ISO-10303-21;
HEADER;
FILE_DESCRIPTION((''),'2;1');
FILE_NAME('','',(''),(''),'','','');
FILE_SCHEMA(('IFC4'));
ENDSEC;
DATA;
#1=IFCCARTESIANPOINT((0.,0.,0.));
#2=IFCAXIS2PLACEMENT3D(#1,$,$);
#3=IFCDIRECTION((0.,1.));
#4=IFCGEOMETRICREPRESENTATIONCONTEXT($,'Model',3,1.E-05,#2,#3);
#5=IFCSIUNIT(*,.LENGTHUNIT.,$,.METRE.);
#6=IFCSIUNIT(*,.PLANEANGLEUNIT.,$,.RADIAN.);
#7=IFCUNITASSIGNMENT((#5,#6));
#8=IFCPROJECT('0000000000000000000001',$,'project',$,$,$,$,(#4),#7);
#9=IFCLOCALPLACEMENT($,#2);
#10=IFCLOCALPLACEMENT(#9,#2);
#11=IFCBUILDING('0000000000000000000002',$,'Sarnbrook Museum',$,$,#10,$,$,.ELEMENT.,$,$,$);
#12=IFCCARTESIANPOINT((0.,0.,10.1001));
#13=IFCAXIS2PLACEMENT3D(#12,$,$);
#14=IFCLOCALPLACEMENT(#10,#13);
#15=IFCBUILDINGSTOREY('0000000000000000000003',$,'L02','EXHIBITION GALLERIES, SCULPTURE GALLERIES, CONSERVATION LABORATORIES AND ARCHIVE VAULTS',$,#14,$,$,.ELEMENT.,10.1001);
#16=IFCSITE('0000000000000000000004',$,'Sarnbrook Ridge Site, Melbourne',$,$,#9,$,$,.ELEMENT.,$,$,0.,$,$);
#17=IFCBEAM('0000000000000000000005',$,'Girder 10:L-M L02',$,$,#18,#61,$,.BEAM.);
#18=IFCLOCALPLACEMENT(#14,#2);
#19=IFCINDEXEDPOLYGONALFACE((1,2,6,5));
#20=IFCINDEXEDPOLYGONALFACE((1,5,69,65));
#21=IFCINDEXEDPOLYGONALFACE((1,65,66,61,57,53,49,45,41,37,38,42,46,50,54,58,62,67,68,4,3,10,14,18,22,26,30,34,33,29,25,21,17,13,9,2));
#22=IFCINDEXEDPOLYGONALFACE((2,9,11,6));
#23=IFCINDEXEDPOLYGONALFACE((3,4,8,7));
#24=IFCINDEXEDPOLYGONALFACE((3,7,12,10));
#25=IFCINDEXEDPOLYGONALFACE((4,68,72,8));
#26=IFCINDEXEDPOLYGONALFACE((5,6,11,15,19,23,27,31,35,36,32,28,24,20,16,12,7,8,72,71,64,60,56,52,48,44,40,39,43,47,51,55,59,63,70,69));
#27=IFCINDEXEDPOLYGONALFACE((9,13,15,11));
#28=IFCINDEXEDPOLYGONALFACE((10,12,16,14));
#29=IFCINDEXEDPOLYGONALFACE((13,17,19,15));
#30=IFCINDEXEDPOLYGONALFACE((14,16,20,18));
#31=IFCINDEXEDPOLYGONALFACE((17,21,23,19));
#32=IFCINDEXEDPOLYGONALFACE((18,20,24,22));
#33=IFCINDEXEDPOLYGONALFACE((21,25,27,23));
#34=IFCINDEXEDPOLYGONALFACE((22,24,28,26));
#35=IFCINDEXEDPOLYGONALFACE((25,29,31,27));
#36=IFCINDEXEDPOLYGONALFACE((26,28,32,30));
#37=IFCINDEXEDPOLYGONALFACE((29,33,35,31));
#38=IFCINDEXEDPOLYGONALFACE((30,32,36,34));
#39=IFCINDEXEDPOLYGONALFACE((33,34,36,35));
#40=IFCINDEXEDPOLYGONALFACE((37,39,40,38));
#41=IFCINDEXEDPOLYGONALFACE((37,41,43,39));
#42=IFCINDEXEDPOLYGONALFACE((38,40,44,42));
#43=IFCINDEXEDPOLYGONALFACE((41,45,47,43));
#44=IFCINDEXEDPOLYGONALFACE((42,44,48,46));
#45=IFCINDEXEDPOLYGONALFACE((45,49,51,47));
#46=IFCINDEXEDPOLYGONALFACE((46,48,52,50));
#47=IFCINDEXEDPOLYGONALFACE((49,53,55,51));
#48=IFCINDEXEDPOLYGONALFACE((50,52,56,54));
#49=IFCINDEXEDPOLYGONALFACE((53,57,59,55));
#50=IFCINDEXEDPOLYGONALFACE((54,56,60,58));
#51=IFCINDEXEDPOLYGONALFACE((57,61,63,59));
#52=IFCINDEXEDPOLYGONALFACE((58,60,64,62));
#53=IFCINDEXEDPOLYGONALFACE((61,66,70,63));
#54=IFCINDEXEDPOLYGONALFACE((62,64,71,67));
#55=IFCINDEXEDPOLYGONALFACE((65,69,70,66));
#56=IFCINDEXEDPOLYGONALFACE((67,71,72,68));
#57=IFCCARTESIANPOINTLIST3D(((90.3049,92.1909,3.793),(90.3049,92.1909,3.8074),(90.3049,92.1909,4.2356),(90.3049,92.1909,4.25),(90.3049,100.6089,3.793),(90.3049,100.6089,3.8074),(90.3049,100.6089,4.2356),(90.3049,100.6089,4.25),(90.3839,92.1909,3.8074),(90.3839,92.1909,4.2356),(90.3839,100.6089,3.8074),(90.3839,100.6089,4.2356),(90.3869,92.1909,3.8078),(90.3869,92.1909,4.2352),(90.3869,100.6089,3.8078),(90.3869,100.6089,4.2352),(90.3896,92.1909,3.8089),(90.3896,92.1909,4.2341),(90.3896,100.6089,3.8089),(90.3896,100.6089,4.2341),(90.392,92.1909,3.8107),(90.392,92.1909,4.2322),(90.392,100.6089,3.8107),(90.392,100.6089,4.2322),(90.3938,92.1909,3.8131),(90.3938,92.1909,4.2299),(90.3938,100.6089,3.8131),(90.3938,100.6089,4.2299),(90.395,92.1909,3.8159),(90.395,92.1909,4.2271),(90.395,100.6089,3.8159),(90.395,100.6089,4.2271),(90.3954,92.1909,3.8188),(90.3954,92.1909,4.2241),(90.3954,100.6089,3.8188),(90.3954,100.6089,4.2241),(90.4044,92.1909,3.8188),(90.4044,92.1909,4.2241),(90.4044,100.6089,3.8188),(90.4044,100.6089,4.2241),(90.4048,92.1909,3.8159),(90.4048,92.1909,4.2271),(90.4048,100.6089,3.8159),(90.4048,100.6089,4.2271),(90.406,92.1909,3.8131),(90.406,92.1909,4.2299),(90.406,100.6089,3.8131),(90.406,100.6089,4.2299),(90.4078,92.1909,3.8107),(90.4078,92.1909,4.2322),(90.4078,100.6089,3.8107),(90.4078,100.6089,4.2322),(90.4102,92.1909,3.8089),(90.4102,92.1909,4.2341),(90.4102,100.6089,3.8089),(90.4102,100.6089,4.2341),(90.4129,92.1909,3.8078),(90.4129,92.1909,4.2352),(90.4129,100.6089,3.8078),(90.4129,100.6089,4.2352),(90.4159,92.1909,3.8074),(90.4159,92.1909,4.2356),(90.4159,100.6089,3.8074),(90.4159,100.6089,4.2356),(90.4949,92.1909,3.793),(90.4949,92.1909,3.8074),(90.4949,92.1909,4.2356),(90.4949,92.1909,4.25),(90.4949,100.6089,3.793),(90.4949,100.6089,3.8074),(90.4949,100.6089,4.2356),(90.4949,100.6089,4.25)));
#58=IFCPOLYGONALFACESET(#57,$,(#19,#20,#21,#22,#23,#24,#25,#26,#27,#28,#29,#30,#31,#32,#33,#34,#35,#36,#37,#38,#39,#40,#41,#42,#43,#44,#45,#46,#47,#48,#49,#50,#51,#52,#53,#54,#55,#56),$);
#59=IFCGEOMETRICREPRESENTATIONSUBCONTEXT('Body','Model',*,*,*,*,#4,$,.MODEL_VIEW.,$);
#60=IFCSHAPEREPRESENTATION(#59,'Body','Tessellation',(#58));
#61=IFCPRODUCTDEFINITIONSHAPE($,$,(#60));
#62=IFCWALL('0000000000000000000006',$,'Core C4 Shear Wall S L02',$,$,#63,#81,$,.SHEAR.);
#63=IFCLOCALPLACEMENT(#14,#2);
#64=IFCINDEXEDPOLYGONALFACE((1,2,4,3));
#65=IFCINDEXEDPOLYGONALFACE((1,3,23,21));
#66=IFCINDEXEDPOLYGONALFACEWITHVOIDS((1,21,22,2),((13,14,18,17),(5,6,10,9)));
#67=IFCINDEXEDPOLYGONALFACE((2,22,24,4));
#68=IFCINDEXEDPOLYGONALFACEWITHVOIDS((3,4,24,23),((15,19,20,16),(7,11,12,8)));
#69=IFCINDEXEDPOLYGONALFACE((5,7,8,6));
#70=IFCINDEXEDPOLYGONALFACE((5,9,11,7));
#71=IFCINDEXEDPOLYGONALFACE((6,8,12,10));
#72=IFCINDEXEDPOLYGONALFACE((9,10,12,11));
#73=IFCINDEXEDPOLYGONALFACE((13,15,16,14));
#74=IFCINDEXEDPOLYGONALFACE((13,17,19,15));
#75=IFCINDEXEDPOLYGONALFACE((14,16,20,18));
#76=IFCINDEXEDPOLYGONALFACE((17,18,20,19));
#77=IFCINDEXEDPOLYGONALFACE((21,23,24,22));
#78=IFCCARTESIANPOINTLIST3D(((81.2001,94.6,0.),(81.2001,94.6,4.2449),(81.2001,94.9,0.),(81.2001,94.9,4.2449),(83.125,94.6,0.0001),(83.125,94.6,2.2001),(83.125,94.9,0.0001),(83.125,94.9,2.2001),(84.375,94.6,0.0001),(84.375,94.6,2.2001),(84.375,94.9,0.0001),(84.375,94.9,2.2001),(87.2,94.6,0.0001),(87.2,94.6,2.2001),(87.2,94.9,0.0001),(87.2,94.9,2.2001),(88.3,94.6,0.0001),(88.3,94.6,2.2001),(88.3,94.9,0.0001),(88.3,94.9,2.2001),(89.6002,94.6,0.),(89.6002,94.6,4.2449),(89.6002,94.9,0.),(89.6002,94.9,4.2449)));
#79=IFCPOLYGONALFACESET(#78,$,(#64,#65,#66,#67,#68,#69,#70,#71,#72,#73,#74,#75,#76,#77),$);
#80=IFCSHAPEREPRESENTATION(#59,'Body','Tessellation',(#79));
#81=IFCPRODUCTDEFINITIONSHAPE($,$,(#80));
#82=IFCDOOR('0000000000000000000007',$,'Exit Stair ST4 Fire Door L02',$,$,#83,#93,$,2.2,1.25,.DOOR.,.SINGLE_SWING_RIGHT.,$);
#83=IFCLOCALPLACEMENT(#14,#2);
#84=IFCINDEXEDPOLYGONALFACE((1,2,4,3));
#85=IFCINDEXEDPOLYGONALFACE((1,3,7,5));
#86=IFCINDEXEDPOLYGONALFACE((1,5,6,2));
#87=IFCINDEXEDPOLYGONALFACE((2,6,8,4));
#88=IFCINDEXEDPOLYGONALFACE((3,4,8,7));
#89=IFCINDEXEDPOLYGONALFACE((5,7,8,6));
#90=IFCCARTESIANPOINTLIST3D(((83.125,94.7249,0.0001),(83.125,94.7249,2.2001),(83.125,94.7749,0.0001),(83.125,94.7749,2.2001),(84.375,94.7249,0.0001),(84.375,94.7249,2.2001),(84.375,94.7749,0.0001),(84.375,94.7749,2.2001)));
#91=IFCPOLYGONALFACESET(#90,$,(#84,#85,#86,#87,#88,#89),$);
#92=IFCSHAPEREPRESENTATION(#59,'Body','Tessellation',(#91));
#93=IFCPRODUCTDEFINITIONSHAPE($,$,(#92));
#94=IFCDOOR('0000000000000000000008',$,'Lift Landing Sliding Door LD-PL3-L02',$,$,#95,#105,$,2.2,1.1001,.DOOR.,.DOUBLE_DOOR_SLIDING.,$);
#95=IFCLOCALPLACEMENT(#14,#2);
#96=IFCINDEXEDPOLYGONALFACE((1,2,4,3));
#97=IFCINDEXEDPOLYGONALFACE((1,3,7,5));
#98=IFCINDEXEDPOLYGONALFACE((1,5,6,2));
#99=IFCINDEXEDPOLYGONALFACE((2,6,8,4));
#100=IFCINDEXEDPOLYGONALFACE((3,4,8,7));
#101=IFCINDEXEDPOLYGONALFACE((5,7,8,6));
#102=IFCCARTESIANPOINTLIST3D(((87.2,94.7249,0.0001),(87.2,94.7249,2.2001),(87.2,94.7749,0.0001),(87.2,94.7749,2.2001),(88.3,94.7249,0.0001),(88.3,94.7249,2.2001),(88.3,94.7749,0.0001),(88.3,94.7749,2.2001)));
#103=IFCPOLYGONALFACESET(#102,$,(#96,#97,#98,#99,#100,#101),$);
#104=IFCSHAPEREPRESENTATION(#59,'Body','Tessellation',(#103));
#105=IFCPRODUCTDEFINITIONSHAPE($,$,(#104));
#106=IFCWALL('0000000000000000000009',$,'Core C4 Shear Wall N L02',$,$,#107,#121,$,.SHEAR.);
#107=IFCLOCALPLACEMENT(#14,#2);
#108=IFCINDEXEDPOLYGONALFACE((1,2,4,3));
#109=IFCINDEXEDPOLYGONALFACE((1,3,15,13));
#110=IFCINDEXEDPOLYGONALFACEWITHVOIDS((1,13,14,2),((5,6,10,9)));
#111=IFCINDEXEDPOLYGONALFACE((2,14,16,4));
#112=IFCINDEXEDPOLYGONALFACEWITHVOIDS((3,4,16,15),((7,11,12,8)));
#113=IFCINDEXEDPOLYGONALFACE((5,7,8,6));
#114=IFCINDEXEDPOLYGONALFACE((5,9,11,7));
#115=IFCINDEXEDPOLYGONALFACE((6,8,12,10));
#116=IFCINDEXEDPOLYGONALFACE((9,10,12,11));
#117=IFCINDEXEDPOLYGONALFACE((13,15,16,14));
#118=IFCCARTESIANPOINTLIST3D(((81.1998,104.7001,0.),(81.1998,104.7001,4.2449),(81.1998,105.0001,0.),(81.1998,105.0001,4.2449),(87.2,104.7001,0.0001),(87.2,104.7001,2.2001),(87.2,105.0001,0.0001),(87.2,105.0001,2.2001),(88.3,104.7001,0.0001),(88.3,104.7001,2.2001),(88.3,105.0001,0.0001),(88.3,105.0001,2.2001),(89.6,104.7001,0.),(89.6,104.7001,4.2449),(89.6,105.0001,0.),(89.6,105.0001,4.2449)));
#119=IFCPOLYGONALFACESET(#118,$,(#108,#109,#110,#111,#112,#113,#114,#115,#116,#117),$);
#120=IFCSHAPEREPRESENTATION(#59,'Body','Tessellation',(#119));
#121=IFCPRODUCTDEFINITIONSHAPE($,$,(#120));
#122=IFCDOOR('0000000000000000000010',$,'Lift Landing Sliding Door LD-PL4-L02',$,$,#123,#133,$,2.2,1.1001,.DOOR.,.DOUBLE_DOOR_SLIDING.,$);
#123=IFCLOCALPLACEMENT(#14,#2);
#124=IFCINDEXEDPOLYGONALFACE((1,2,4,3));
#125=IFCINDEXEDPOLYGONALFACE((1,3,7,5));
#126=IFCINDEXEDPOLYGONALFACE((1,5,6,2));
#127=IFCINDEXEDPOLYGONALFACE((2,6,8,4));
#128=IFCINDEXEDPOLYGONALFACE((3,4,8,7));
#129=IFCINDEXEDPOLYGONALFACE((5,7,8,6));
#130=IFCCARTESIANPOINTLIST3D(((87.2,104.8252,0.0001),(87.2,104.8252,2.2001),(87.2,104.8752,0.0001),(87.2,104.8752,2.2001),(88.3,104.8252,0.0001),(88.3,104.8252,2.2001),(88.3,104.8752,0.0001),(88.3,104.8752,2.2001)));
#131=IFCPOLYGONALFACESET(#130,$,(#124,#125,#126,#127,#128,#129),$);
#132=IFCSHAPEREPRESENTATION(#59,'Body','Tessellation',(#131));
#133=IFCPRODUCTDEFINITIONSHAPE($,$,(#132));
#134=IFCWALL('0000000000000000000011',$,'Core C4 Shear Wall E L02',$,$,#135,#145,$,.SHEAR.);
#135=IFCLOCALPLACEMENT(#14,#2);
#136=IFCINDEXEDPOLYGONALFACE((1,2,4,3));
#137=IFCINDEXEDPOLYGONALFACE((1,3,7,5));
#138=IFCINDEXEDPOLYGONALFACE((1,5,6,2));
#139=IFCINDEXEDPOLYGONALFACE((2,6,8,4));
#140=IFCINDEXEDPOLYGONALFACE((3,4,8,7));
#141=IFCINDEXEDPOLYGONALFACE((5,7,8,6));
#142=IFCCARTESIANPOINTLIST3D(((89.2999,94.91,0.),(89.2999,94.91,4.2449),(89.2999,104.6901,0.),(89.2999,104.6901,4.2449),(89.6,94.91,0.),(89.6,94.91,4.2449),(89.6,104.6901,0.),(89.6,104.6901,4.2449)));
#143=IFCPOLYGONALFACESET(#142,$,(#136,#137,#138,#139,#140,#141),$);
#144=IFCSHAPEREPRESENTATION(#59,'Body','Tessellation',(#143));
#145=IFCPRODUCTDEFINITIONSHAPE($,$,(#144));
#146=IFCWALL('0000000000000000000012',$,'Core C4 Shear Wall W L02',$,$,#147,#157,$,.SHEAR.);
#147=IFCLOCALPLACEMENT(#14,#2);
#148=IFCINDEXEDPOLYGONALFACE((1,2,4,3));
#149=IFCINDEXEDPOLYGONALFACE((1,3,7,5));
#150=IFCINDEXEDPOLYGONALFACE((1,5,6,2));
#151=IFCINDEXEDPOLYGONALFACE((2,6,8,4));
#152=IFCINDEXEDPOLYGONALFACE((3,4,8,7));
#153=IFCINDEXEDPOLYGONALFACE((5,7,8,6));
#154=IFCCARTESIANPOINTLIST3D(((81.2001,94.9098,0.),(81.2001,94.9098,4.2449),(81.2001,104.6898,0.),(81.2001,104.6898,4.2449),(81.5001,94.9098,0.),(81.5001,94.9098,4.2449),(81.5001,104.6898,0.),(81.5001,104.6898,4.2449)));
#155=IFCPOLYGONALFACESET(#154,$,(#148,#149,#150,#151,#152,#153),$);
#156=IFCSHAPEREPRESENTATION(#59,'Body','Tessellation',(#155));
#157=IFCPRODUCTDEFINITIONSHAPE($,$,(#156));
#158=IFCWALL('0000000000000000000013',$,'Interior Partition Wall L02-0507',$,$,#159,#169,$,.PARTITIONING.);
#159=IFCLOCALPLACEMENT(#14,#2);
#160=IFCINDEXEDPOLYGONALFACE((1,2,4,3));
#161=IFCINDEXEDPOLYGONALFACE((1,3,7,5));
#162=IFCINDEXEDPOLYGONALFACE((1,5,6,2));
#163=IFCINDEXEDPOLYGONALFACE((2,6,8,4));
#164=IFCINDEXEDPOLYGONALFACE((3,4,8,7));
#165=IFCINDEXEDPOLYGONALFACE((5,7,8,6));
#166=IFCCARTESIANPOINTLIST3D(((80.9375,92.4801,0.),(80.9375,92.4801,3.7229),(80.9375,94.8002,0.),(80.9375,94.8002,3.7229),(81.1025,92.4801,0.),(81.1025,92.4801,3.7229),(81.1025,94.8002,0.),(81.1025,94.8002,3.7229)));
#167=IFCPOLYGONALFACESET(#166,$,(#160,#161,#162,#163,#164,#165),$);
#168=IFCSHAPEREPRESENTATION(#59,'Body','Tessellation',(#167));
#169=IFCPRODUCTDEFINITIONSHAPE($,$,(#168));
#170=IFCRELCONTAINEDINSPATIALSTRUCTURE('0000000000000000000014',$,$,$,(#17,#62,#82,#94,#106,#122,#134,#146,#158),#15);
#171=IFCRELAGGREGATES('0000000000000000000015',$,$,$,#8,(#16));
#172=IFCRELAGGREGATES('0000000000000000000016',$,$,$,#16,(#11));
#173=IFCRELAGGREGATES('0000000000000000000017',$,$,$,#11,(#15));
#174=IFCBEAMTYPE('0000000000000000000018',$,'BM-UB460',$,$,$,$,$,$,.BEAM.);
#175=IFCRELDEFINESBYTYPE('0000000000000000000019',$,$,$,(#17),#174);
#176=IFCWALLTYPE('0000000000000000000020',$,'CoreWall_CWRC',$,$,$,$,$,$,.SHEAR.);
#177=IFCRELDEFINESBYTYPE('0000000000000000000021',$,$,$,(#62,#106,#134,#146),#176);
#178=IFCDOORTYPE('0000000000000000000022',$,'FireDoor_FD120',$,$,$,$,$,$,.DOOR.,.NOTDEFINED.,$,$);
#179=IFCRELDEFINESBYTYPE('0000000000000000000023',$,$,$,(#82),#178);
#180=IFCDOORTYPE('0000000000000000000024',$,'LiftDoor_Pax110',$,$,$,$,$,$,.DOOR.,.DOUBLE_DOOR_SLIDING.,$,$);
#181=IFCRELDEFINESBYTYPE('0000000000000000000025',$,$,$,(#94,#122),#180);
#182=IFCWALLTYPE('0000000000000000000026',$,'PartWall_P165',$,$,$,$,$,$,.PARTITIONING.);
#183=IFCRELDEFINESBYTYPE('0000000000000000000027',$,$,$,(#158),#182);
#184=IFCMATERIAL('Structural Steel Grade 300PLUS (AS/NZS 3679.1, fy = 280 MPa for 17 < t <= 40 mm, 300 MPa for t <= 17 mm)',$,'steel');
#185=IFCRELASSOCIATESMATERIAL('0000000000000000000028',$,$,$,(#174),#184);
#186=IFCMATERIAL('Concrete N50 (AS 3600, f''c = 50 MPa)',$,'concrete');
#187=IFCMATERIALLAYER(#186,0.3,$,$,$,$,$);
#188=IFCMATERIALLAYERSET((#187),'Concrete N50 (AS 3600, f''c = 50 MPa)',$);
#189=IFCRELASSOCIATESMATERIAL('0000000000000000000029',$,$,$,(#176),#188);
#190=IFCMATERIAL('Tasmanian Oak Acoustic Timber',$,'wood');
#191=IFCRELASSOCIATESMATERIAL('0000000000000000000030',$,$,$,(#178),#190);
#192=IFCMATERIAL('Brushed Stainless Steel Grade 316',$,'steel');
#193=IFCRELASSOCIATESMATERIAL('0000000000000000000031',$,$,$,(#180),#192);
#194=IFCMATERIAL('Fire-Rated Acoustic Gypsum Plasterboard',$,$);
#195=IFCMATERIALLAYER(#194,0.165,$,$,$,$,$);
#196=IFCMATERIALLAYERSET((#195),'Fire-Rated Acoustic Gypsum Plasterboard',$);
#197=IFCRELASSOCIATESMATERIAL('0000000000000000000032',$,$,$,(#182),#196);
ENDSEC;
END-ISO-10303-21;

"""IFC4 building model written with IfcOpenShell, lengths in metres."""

from ifc_helpers import new_model, si_unit, direction, frame, frame_2d, origin, origin_2d, place, context, subcontext, project, spatial, rectangle, i_section, extrude, material, layer, layer_set, material_profile, profile_set, type_object, element, fill, save


model = new_model("IFC4")

# Units and contexts
model_context = context("Model", 3, precision=1e-05, world=origin(), true_north=direction((0.0, 1.0)))
body_context = subcontext(model_context, "Body", "Model", "MODEL_VIEW")
ifc_project = project(units=[si_unit("LENGTHUNIT", "METRE"), si_unit("PLANEANGLEUNIT", "RADIAN")], contexts=[model_context])

# Site, building, storey
site_placement = place(None, origin())
site = spatial("IfcSite", under=ifc_project, at=site_placement, Name="Sarnbrook Ridge Site, Melbourne", CompositionType="ELEMENT", RefElevation=0.0)
building_placement = place(site_placement, origin())
building = spatial("IfcBuilding", under=site, at=building_placement, Name="Sarnbrook Museum", CompositionType="ELEMENT")
storey_placement = place(building_placement, frame((0.0, 0.0, 10.1001)))
storey = spatial("IfcBuildingStorey", under=building, at=storey_placement, Name="L02", Description="EXHIBITION GALLERIES, SCULPTURE GALLERIES, CONSERVATION LABORATORIES AND ARCHIVE VAULTS", CompositionType="ELEMENT", Elevation=10.1001)

# Beam
ifc_material_1 = material(Name="Structural Steel Grade 300PLUS (AS/NZS 3679.1, fy = 280 MPa for 17 < t <= 40 mm, 300 MPa for t <= 17 mm)", Category="steel")
ifc_material_profile = material_profile(ifc_material_1, i_section(OverallWidth=0.1899, OverallDepth=0.457, WebThickness=0.009, FlangeThickness=0.0144, FilletRadius=0.0115, at=origin_2d()), Name="460UB74.6")
ifc_profile_set = profile_set([ifc_material_profile], Name="Structural Steel Grade 300PLUS (AS/NZS 3679.1, fy = 280 MPa for 17 < t <= 40 mm, 300 MPa for t <= 17 mm)")
beam_type = type_object("IfcBeamType", Name="BM-UB460", PredefinedType="BEAM", material=ifc_profile_set)
beam_placement = place(storey_placement, frame((90.3999, 92.1909, 4.0215), z_axis=(0.0, 1.0, 0.0), x_axis=(-1.0, 0.0, 0.0)))
element("IfcBeam", 1, at=beam_placement, inside=storey, type_object=beam_type, Name="Girder 10:L-M L02", PredefinedType="BEAM", context=body_context, shape_type="SweptSolid", body=[
    extrude(i_section(OverallWidth=0.1899, OverallDepth=0.457, WebThickness=0.009, FlangeThickness=0.0144, FilletRadius=0.0115, at=origin_2d()), origin(), (0.0, 0.0, 1.0), 8.418),
])

# Wall, openings, doors
ifc_material_2 = material(Name="Concrete N50 (AS 3600, f'c = 50 MPa)", Category="concrete")
ifc_layer_1 = layer(ifc_material_2, 0.3)
ifc_layer_set_1 = layer_set([ifc_layer_1], Name="Concrete N50 (AS 3600, f'c = 50 MPa)")
wall_type_1 = type_object("IfcWallType", Name="CoreWall_CWRC", PredefinedType="SHEAR", material=ifc_layer_set_1)
wall_1_placement = place(storey_placement, frame((81.2, 94.75, 0.0), z_axis=(0.0, 0.0, 1.0), x_axis=(1.0, 0.0, 0.0)))
wall_1 = element("IfcWall", 2, at=wall_1_placement, inside=storey, type_object=wall_type_1, Name="Core C4 Shear Wall S L02", PredefinedType="SHEAR", context=body_context, shape_type="SweptSolid", body=[
    extrude(rectangle(XDim=8.4001, YDim=0.3, at=frame_2d((4.2002, 0.0))), origin(), (0.0, 0.0, 1.0), 4.2449),
])
opening_1_placement = place(wall_1_placement, frame((1.925, 0.0, 0.0)))
opening_1 = element("IfcOpeningElement", 3, at=opening_1_placement, cuts=wall_1, PredefinedType="OPENING", context=body_context, shape_type="SweptSolid", body=[
    extrude(rectangle(XDim=1.25, YDim=2.2, at=frame_2d((0.625, 1.1001))), frame((0.0, 0.1602, 0.0), z_axis=(0.0, -1.0, 0.0), x_axis=(1.0, 0.0, 0.0)), (0.0, 0.0, 1.0), 0.3201),
])
opening_2_placement = place(wall_1_placement, frame((6.0, 0.0, 0.0)))
opening_2 = element("IfcOpeningElement", 4, at=opening_2_placement, cuts=wall_1, PredefinedType="OPENING", context=body_context, shape_type="SweptSolid", body=[
    extrude(rectangle(XDim=1.1001, YDim=2.2, at=frame_2d((0.55, 1.1001))), frame((0.0, 0.1602, 0.0), z_axis=(0.0, -1.0, 0.0), x_axis=(1.0, 0.0, 0.0)), (0.0, 0.0, 1.0), 0.3201),
])
ifc_material_3 = material(Name="Tasmanian Oak Acoustic Timber", Category="wood")
door_type_1 = type_object("IfcDoorType", Name="FireDoor_FD120", OperationType="NOTDEFINED", PredefinedType="DOOR", material=ifc_material_3)
door_1_placement = place(opening_1_placement, origin())
door_1 = element("IfcDoor", 5, at=door_1_placement, inside=storey, type_object=door_type_1, Name="Exit Stair ST4 Fire Door L02", OperationType="SINGLE_SWING_RIGHT", OverallHeight=2.2, OverallWidth=1.25, PredefinedType="DOOR", context=body_context, shape_type="SweptSolid", body=[
    extrude(rectangle(XDim=1.25, YDim=2.2, at=frame_2d((0.625, 1.1001))), frame((0.0, 0.0249, 0.0), z_axis=(0.0, -1.0, 0.0), x_axis=(1.0, 0.0, 0.0)), (0.0, 0.0, 1.0), 0.05),
])
fill(opening_1, door_1)
ifc_material_4 = material(Name="Brushed Stainless Steel Grade 316", Category="steel")
door_type_2 = type_object("IfcDoorType", Name="LiftDoor_Pax110", OperationType="DOUBLE_DOOR_SLIDING", PredefinedType="DOOR", material=ifc_material_4)
door_2_placement = place(opening_2_placement, origin())
door_2 = element("IfcDoor", 6, at=door_2_placement, inside=storey, type_object=door_type_2, Name="Lift Landing Sliding Door LD-PL3-L02", OperationType="DOUBLE_DOOR_SLIDING", OverallHeight=2.2, OverallWidth=1.1001, PredefinedType="DOOR", context=body_context, shape_type="SweptSolid", body=[
    extrude(rectangle(XDim=1.1001, YDim=2.2, at=frame_2d((0.55, 1.1001))), frame((0.0, 0.0249, 0.0), z_axis=(0.0, -1.0, 0.0), x_axis=(1.0, 0.0, 0.0)), (0.0, 0.0, 1.0), 0.05),
])
fill(opening_2, door_2)

# Wall, opening, door
wall_2_placement = place(storey_placement, frame((89.6001, 104.8501, 0.0), z_axis=(0.0, 0.0, 1.0), x_axis=(-1.0, 0.0, 0.0)))
wall_2 = element("IfcWall", 7, at=wall_2_placement, inside=storey, type_object=wall_type_1, Name="Core C4 Shear Wall N L02", PredefinedType="SHEAR", context=body_context, shape_type="SweptSolid", body=[
    extrude(rectangle(XDim=8.4001, YDim=0.3, at=frame_2d((4.2002, 0.0))), origin(), (0.0, 0.0, 1.0), 4.2449),
])
opening_3_placement = place(wall_2_placement, frame((1.3, 0.0, 0.0)))
opening_3 = element("IfcOpeningElement", 8, at=opening_3_placement, cuts=wall_2, PredefinedType="OPENING", context=body_context, shape_type="SweptSolid", body=[
    extrude(rectangle(XDim=1.1001, YDim=2.2, at=frame_2d((0.55, 1.1001))), frame((0.0, 0.1602, 0.0), z_axis=(0.0, -1.0, 0.0), x_axis=(1.0, 0.0, 0.0)), (0.0, 0.0, 1.0), 0.3201),
])
door_3_placement = place(opening_3_placement, origin())
door_3 = element("IfcDoor", 9, at=door_3_placement, inside=storey, type_object=door_type_2, Name="Lift Landing Sliding Door LD-PL4-L02", OperationType="DOUBLE_DOOR_SLIDING", OverallHeight=2.2, OverallWidth=1.1001, PredefinedType="DOOR", context=body_context, shape_type="SweptSolid", body=[
    extrude(rectangle(XDim=1.1001, YDim=2.2, at=frame_2d((0.55, 1.1001))), frame((0.0, 0.0249, 0.0), z_axis=(0.0, -1.0, 0.0), x_axis=(1.0, 0.0, 0.0)), (0.0, 0.0, 1.0), 0.05),
])
fill(opening_3, door_3)

# Walls
for number, where, z_axis, x_axis, name in (
    (10, (89.45, 94.9099, 0.0), (0.0, 0.0, 1.0), (0.0, 1.0, 0.0), "Core C4 Shear Wall E L02"),
    (11, (81.3501, 104.6899, 0.0), (0.0, 0.0, 1.0), (0.0, -1.0, 0.0), "Core C4 Shear Wall W L02"),
):
    element("IfcWall", number, at=place(storey_placement, frame(where, z_axis=z_axis, x_axis=x_axis)), inside=storey, type_object=wall_type_1, Name=name, PredefinedType="SHEAR", context=body_context, shape_type="SweptSolid", body=[
        extrude(rectangle(XDim=9.78, YDim=0.3, at=frame_2d((4.8901, 0.0))), origin(), (0.0, 0.0, 1.0), 4.2449),
    ])
ifc_material_5 = material(Name="Fire-Rated Acoustic Gypsum Plasterboard")
ifc_layer_2 = layer(ifc_material_5, 0.165)
ifc_layer_set_2 = layer_set([ifc_layer_2], Name="Fire-Rated Acoustic Gypsum Plasterboard")
wall_type_2 = type_object("IfcWallType", Name="PartWall_P165", PredefinedType="PARTITIONING", material=ifc_layer_set_2)
wall_3_placement = place(storey_placement, frame((81.02, 92.48, 0.0), z_axis=(0.0, 0.0, 1.0), x_axis=(0.0, 1.0, 0.0)))
element("IfcWall", 12, at=wall_3_placement, inside=storey, type_object=wall_type_2, Name="Interior Partition Wall L02-0507", PredefinedType="PARTITIONING", context=body_context, shape_type="SweptSolid", body=[
    extrude(rectangle(XDim=2.3201, YDim=0.165, at=frame_2d((1.1602, 0.0))), origin(), (0.0, 0.0, 1.0), 3.7229),
])

save(model, "model.ifc")
